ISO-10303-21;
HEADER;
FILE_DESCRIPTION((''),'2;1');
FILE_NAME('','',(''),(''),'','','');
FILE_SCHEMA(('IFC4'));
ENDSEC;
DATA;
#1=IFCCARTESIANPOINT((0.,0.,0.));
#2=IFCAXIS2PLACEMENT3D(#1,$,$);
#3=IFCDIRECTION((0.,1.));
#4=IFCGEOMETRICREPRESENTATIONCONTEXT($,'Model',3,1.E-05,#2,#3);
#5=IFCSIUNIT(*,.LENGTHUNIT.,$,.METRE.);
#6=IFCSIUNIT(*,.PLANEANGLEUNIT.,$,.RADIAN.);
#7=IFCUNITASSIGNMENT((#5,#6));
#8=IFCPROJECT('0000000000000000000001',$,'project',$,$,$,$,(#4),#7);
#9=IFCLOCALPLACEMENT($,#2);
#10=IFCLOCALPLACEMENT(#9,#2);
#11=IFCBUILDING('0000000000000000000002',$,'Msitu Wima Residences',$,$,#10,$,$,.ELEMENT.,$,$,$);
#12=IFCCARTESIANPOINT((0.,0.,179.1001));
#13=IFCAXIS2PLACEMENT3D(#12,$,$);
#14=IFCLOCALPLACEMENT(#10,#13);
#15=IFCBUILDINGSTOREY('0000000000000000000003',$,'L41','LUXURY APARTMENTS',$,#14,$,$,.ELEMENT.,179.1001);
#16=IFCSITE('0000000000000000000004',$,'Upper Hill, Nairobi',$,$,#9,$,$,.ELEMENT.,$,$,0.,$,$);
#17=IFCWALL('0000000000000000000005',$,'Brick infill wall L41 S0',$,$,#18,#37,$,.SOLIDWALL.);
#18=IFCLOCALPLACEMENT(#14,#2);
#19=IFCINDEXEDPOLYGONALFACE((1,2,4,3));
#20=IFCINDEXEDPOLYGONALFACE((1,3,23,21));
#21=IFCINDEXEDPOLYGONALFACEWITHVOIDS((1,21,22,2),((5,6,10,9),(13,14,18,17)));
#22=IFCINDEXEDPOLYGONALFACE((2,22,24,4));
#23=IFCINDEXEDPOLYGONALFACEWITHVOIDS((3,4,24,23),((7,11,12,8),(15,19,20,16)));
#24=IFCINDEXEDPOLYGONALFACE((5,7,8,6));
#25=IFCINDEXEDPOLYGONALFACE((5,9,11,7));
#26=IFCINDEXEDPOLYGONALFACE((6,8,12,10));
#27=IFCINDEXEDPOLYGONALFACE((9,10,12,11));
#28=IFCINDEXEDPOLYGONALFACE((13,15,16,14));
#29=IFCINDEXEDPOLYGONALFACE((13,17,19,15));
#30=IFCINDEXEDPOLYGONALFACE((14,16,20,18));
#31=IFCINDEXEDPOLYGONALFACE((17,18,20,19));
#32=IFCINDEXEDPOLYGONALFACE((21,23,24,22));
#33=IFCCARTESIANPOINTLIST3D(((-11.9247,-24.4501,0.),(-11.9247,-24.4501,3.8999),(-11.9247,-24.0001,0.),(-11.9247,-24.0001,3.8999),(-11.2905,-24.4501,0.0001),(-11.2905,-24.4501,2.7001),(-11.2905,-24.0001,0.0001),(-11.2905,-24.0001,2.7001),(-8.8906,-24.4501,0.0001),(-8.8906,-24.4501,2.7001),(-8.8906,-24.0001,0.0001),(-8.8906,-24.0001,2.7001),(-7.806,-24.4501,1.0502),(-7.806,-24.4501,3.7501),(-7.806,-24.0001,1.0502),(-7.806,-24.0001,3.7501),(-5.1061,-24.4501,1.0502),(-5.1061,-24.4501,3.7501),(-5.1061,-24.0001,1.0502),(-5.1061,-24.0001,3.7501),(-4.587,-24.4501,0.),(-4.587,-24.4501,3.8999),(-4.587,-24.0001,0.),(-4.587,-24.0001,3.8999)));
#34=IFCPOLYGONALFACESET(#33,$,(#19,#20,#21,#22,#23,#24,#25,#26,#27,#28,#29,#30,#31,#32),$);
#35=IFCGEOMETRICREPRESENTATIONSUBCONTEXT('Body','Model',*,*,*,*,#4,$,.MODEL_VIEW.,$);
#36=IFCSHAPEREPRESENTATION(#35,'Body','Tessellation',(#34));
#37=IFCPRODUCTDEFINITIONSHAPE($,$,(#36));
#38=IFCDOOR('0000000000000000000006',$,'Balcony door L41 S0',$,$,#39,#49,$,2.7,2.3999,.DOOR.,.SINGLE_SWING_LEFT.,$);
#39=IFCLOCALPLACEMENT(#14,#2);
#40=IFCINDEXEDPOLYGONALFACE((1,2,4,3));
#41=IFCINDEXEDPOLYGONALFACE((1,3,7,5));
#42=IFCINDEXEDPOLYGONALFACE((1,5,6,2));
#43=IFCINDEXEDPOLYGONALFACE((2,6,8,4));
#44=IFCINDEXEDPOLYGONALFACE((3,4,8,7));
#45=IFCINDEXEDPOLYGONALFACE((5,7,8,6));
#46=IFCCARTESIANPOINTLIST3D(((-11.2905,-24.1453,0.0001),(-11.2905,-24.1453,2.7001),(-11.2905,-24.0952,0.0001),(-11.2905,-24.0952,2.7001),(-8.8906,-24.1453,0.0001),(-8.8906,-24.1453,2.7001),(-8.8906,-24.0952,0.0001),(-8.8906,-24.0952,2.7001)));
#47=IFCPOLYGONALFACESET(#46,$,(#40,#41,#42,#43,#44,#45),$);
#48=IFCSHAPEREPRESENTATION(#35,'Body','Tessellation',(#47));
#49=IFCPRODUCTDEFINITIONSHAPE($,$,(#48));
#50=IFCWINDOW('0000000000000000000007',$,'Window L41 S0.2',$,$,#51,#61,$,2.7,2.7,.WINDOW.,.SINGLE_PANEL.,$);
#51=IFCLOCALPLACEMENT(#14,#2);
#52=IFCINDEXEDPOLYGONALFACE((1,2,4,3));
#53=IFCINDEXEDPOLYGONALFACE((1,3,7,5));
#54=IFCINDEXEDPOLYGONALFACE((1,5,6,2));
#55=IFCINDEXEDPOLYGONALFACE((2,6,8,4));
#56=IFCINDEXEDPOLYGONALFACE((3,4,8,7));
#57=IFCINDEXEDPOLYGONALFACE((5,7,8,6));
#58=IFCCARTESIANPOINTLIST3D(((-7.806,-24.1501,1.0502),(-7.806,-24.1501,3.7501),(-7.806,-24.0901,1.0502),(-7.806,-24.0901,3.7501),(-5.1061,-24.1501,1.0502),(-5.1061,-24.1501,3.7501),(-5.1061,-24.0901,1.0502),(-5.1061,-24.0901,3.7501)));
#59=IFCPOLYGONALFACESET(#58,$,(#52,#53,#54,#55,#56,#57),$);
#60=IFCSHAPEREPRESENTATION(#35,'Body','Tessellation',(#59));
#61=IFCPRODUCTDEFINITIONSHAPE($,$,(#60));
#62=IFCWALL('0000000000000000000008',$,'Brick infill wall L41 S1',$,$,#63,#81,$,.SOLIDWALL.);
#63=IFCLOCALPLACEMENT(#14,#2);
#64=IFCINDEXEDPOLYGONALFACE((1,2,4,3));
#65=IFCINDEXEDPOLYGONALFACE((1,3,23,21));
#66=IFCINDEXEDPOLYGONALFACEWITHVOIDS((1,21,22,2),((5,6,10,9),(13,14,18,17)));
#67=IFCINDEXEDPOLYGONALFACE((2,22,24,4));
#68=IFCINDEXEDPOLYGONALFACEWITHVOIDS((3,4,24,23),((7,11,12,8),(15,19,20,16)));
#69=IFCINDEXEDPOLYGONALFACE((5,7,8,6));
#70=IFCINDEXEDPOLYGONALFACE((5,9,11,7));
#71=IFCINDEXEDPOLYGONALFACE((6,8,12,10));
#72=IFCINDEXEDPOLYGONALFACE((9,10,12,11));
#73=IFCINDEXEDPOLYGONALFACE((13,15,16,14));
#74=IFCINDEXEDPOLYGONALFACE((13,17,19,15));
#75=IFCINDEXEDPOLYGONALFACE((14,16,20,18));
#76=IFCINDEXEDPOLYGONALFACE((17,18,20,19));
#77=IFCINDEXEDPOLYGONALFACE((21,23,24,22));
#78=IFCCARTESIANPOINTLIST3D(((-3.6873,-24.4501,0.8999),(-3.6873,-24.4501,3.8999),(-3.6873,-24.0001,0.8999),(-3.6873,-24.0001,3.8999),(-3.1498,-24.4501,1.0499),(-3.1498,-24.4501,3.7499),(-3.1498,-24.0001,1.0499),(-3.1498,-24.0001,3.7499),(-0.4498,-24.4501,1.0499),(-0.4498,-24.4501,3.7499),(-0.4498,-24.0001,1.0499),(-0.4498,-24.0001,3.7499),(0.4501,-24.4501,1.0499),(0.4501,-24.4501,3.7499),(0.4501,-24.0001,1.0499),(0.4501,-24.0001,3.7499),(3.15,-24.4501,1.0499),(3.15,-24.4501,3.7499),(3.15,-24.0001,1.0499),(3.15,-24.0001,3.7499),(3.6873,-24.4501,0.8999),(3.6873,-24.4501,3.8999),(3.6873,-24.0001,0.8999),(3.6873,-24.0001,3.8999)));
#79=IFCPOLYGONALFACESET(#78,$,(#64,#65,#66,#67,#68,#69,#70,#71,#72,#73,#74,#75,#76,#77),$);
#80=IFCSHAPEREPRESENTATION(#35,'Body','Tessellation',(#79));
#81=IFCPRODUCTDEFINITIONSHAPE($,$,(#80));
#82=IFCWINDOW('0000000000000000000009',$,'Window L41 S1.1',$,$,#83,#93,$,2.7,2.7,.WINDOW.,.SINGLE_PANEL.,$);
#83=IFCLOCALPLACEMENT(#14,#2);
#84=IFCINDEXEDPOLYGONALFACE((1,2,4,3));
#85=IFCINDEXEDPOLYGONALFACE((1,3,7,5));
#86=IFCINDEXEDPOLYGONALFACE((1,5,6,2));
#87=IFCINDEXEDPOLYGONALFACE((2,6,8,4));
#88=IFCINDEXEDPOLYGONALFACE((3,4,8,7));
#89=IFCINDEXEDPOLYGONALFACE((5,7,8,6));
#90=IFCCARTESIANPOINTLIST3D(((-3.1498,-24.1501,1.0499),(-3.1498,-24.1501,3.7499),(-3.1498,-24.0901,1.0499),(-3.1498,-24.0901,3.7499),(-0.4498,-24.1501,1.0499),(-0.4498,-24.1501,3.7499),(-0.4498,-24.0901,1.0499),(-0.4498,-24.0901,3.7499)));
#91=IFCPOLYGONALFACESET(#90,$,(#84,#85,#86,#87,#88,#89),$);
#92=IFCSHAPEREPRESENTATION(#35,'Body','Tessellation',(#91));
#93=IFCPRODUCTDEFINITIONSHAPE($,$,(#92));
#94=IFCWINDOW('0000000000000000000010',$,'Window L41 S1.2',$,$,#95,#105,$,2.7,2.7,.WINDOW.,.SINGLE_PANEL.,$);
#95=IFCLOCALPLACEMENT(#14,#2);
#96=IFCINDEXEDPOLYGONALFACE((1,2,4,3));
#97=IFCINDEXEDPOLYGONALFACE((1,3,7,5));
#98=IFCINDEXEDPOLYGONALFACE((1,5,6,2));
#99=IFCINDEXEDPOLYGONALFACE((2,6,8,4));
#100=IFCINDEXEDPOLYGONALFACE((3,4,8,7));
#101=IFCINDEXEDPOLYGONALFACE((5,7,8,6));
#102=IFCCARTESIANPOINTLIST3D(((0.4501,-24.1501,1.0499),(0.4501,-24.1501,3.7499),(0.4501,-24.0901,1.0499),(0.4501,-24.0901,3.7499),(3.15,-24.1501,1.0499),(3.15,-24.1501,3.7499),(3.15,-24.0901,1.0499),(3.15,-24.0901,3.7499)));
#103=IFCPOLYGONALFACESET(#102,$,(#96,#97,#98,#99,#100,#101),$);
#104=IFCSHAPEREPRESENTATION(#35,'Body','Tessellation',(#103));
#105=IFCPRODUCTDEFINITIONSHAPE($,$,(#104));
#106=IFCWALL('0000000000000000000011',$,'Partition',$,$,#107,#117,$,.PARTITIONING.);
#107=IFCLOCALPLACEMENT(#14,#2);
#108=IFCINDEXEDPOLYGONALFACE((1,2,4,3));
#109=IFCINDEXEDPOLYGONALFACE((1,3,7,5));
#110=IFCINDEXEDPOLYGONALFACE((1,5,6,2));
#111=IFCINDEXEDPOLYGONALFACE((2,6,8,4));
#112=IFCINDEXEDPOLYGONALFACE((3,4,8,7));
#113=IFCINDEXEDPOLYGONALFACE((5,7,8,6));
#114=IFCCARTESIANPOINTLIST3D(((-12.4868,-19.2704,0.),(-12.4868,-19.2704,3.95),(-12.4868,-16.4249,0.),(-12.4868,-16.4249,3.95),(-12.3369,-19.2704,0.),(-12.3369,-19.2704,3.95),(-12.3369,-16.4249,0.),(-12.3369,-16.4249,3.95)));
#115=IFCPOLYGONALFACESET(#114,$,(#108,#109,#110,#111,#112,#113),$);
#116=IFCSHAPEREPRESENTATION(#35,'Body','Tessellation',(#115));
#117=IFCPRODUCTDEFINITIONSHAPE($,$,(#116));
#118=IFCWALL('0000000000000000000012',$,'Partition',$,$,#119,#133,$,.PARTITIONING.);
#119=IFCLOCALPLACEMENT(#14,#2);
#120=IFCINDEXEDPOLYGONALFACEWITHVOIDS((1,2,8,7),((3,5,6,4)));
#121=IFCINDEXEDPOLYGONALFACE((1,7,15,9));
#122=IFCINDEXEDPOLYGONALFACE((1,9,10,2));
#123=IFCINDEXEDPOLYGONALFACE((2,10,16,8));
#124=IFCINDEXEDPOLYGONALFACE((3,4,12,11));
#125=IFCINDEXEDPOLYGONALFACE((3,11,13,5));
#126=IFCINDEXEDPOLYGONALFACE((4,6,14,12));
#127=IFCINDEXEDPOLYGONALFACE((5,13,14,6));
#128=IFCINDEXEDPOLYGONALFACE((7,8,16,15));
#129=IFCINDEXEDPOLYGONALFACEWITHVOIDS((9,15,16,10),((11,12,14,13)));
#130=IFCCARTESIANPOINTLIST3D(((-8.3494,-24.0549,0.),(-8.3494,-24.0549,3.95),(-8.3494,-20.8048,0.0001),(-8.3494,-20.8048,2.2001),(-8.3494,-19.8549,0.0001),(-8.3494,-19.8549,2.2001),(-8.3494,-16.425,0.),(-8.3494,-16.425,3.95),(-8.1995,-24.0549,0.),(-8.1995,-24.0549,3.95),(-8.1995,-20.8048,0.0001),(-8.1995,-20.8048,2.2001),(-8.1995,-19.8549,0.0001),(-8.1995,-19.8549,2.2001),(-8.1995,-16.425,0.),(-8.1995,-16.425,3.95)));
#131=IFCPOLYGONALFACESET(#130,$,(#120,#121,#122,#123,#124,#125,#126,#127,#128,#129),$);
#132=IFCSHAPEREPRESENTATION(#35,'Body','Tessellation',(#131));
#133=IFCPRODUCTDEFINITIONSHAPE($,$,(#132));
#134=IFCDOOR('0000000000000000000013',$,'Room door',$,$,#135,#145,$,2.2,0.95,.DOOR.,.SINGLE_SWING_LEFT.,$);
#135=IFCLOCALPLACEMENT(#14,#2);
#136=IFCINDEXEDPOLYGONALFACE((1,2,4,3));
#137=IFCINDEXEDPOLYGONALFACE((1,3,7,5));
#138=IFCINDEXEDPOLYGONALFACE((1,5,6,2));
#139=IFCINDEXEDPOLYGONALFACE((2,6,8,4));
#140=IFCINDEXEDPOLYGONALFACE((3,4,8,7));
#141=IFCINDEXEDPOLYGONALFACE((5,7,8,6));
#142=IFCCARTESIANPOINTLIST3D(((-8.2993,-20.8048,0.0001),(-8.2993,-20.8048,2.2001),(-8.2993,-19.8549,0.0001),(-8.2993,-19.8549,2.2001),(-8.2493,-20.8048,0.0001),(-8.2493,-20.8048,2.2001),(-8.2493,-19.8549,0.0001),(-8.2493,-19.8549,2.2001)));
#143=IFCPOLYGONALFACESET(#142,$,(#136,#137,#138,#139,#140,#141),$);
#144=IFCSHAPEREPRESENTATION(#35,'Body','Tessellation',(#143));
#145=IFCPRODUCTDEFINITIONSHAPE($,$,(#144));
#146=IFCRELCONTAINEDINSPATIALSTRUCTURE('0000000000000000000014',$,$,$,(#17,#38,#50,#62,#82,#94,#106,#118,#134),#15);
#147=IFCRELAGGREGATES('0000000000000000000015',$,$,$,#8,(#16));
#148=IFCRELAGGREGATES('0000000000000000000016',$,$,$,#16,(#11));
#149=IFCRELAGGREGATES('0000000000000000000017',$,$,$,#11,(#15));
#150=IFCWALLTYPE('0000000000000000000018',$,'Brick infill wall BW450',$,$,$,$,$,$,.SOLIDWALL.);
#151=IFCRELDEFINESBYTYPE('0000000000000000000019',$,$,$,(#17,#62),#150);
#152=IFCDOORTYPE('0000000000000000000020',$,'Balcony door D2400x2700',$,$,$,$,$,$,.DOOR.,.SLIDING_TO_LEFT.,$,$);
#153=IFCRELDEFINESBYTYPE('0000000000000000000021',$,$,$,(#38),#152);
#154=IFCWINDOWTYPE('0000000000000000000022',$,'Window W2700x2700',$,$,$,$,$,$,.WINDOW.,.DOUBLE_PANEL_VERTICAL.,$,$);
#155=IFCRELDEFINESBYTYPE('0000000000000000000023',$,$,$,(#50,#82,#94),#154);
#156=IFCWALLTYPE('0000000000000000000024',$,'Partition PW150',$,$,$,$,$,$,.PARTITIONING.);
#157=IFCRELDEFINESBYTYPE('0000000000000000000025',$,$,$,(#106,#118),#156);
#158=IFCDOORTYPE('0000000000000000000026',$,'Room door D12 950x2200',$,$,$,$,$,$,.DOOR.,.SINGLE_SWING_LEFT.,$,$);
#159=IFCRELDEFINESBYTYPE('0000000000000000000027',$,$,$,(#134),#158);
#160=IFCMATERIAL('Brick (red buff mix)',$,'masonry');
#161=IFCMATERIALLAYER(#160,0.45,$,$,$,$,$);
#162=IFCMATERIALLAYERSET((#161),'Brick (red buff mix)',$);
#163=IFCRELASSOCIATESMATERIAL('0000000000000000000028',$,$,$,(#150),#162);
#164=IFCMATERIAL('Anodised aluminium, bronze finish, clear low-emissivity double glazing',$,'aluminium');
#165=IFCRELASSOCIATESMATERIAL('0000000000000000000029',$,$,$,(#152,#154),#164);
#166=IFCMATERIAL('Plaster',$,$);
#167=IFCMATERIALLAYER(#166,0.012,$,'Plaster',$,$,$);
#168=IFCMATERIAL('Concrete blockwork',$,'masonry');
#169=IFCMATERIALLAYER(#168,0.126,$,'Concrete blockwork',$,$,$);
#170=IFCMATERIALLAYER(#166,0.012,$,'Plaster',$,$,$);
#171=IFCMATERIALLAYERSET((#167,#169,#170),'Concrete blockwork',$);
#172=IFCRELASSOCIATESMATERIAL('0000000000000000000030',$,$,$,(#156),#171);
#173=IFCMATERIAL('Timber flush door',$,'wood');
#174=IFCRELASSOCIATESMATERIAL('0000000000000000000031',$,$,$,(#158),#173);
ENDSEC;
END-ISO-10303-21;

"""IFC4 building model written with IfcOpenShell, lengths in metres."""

from ifc_helpers import new_model, si_unit, direction, frame, frame_2d, origin, place, context, subcontext, project, spatial, rectangle, extrude, material, layer, layer_set, type_object, element, fill, save


model = new_model("IFC4")

# Units and contexts
model_context = context("Model", 3, precision=1e-05, world=origin(), true_north=direction((0.0, 1.0)))
body_context = subcontext(model_context, "Body", "Model", "MODEL_VIEW")
ifc_project = project(units=[si_unit("LENGTHUNIT", "METRE"), si_unit("PLANEANGLEUNIT", "RADIAN")], contexts=[model_context])

# Site, building, storey
site_placement = place(None, origin())
site = spatial("IfcSite", under=ifc_project, at=site_placement, Name="Upper Hill, Nairobi", CompositionType="ELEMENT", RefElevation=0.0)
building_placement = place(site_placement, origin())
building = spatial("IfcBuilding", under=site, at=building_placement, Name="Msitu Wima Residences", CompositionType="ELEMENT")
storey_placement = place(building_placement, frame((0.0, 0.0, 179.1001)))
storey = spatial("IfcBuildingStorey", under=building, at=storey_placement, Name="L41", Description="LUXURY APARTMENTS", CompositionType="ELEMENT", Elevation=179.1001)

# Wall, openings, door, window
ifc_material_1 = material(Name="Brick (red buff mix)", Category="masonry")
ifc_layer_1 = layer(ifc_material_1, 0.45)
ifc_layer_set_1 = layer_set([ifc_layer_1], Name="Brick (red buff mix)")
wall_type_1 = type_object("IfcWallType", Name="Brick infill wall BW450", PredefinedType="SOLIDWALL", material=ifc_layer_set_1)
wall_1_placement = place(storey_placement, frame((-11.9248, -24.2251, 0.0), z_axis=(0.0, 0.0, 1.0), x_axis=(1.0, 0.0, 0.0)))
wall_1 = element("IfcWall", 1, at=wall_1_placement, inside=storey, type_object=wall_type_1, Name="Brick infill wall L41 S0", PredefinedType="SOLIDWALL", context=body_context, shape_type="SweptSolid", body=[
    extrude(rectangle(XDim=7.3376, YDim=0.45, at=frame_2d((3.6689, 0.0))), origin(), (0.0, 0.0, 1.0), 3.8999),
])
opening_1_placement = place(wall_1_placement, frame((0.6343, 0.0, 0.0)))
opening_1 = element("IfcOpeningElement", 2, at=opening_1_placement, cuts=wall_1, PredefinedType="OPENING", context=body_context, shape_type="SweptSolid", body=[
    extrude(rectangle(XDim=2.3999, YDim=2.7, at=frame_2d((1.2, 1.3501))), frame((0.0, 0.2349, 0.0), z_axis=(0.0, -1.0, 0.0), x_axis=(1.0, 0.0, 0.0)), (0.0, 0.0, 1.0), 0.47),
])
opening_2_placement = place(wall_1_placement, frame((4.1187, 0.0, 1.05)))
opening_2 = element("IfcOpeningElement", 3, at=opening_2_placement, cuts=wall_1, PredefinedType="OPENING", context=body_context, shape_type="SweptSolid", body=[
    extrude(rectangle(XDim=2.7, YDim=2.7, at=frame_2d((1.3501, 1.3501))), frame((0.0, 0.2349, 0.0), z_axis=(0.0, -1.0, 0.0), x_axis=(1.0, 0.0, 0.0)), (0.0, 0.0, 1.0), 0.47),
])
ifc_material_2 = material(Name="Anodised aluminium, bronze finish, clear low-emissivity double glazing", Category="aluminium")
door_type_1 = type_object("IfcDoorType", Name="Balcony door D2400x2700", OperationType="SLIDING_TO_LEFT", PredefinedType="DOOR", material=ifc_material_2)
door_1_placement = place(opening_1_placement, origin())
door_1 = element("IfcDoor", 4, at=door_1_placement, inside=storey, type_object=door_type_1, Name="Balcony door L41 S0", OperationType="SINGLE_SWING_LEFT", OverallHeight=2.7, OverallWidth=2.3999, PredefinedType="DOOR", context=body_context, shape_type="SweptSolid", body=[
    extrude(rectangle(XDim=2.3999, YDim=2.7, at=frame_2d((1.2, 1.3501))), frame((0.0, 0.1299, 0.0), z_axis=(0.0, -1.0, 0.0), x_axis=(1.0, 0.0, 0.0)), (0.0, 0.0, 1.0), 0.05),
])
fill(opening_1, door_1)
window_type = type_object("IfcWindowType", Name="Window W2700x2700", PartitioningType="DOUBLE_PANEL_VERTICAL", PredefinedType="WINDOW", material=ifc_material_2)
window_1_placement = place(opening_2_placement, origin())
window_1 = element("IfcWindow", 5, at=window_1_placement, inside=storey, type_object=window_type, Name="Window L41 S0.2", OverallHeight=2.7, OverallWidth=2.7, PartitioningType="SINGLE_PANEL", PredefinedType="WINDOW", context=body_context, shape_type="SweptSolid", body=[
    extrude(rectangle(XDim=2.7, YDim=2.7, at=frame_2d((1.3501, 1.3501))), frame((0.0, 0.135, 0.0), z_axis=(0.0, -1.0, 0.0), x_axis=(1.0, 0.0, 0.0)), (0.0, 0.0, 1.0), 0.0601),
])
fill(opening_2, window_1)

# Wall, openings, windows
wall_2_placement = place(storey_placement, frame((-3.6873, -24.2251, 0.8999), z_axis=(0.0, 0.0, 1.0), x_axis=(1.0, 0.0, 0.0)))
wall_2 = element("IfcWall", 6, at=wall_2_placement, inside=storey, type_object=wall_type_1, Name="Brick infill wall L41 S1", PredefinedType="SOLIDWALL", context=body_context, shape_type="SweptSolid", body=[
    extrude(rectangle(XDim=7.3745, YDim=0.45, at=frame_2d((3.6873, 0.0))), origin(), (0.0, 0.0, 1.0), 3.0),
])
opening_3_placement = place(wall_2_placement, frame((0.5374, 0.0, 0.1499)))
opening_3 = element("IfcOpeningElement", 7, at=opening_3_placement, cuts=wall_2, PredefinedType="OPENING", context=body_context, shape_type="SweptSolid", body=[
    extrude(rectangle(XDim=2.7, YDim=2.7, at=frame_2d((1.3501, 1.3501))), frame((0.0, 0.2349, 0.0), z_axis=(0.0, -1.0, 0.0), x_axis=(1.0, 0.0, 0.0)), (0.0, 0.0, 1.0), 0.47),
])
opening_4_placement = place(wall_2_placement, frame((4.1372, 0.0, 0.1499)))
opening_4 = element("IfcOpeningElement", 8, at=opening_4_placement, cuts=wall_2, PredefinedType="OPENING", context=body_context, shape_type="SweptSolid", body=[
    extrude(rectangle(XDim=2.7, YDim=2.7, at=frame_2d((1.3501, 1.3501))), frame((0.0, 0.2349, 0.0), z_axis=(0.0, -1.0, 0.0), x_axis=(1.0, 0.0, 0.0)), (0.0, 0.0, 1.0), 0.47),
])
window_2_placement = place(opening_3_placement, origin())
window_2 = element("IfcWindow", 9, at=window_2_placement, inside=storey, type_object=window_type, Name="Window L41 S1.1", OverallHeight=2.7, OverallWidth=2.7, PartitioningType="SINGLE_PANEL", PredefinedType="WINDOW", context=body_context, shape_type="SweptSolid", body=[
    extrude(rectangle(XDim=2.7, YDim=2.7, at=frame_2d((1.3501, 1.3501))), frame((0.0, 0.135, 0.0), z_axis=(0.0, -1.0, 0.0), x_axis=(1.0, 0.0, 0.0)), (0.0, 0.0, 1.0), 0.0601),
])
fill(opening_3, window_2)
window_3_placement = place(opening_4_placement, origin())
window_3 = element("IfcWindow", 10, at=window_3_placement, inside=storey, type_object=window_type, Name="Window L41 S1.2", OverallHeight=2.7, OverallWidth=2.7, PartitioningType="SINGLE_PANEL", PredefinedType="WINDOW", context=body_context, shape_type="SweptSolid", body=[
    extrude(rectangle(XDim=2.7, YDim=2.7, at=frame_2d((1.3501, 1.3501))), frame((0.0, 0.135, 0.0), z_axis=(0.0, -1.0, 0.0), x_axis=(1.0, 0.0, 0.0)), (0.0, 0.0, 1.0), 0.0601),
])
fill(opening_4, window_3)

# Wall
ifc_material_3 = material(Name="Plaster")
ifc_layer_2 = layer(ifc_material_3, 0.012, Name="Plaster")
ifc_material_4 = material(Name="Concrete blockwork", Category="masonry")
ifc_layer_3 = layer(ifc_material_4, 0.126, Name="Concrete blockwork")
ifc_layer_4 = layer(ifc_material_3, 0.012, Name="Plaster")
ifc_layer_set_2 = layer_set([ifc_layer_2, ifc_layer_3, ifc_layer_4], Name="Concrete blockwork")
wall_type_2 = type_object("IfcWallType", Name="Partition PW150", PredefinedType="PARTITIONING", material=ifc_layer_set_2)
wall_3_placement = place(storey_placement, frame((-12.4119, -19.2705, 0.0), z_axis=(0.0, 0.0, 1.0), x_axis=(0.0, 1.0, 0.0)))
element("IfcWall", 11, at=wall_3_placement, inside=storey, type_object=wall_type_2, Name="Partition", PredefinedType="PARTITIONING", context=body_context, shape_type="SweptSolid", body=[
    extrude(rectangle(XDim=2.8455, YDim=0.1499, at=frame_2d((1.4229, 0.0))), origin(), (0.0, 0.0, 1.0), 3.95),
])

# Wall, opening, door
wall_4_placement = place(storey_placement, frame((-8.2744, -24.0549, 0.0), z_axis=(0.0, 0.0, 1.0), x_axis=(0.0, 1.0, 0.0)))
wall_4 = element("IfcWall", 12, at=wall_4_placement, inside=storey, type_object=wall_type_2, Name="Partition", PredefinedType="PARTITIONING", context=body_context, shape_type="SweptSolid", body=[
    extrude(rectangle(XDim=7.6299, YDim=0.1499, at=frame_2d((3.8149, 0.0))), origin(), (0.0, 0.0, 1.0), 3.95),
])
opening_5_placement = place(wall_4_placement, frame((3.25, 0.0, 0.0)))
opening_5 = element("IfcOpeningElement", 13, at=opening_5_placement, cuts=wall_4, PredefinedType="OPENING", context=body_context, shape_type="SweptSolid", body=[
    extrude(rectangle(XDim=0.95, YDim=2.2, at=frame_2d((0.4751, 1.1001))), frame((0.0, 0.085, 0.0), z_axis=(0.0, -1.0, 0.0), x_axis=(1.0, 0.0, 0.0)), (0.0, 0.0, 1.0), 0.1699),
])
ifc_material_5 = material(Name="Timber flush door", Category="wood")
door_type_2 = type_object("IfcDoorType", Name="Room door D12 950x2200", OperationType="SINGLE_SWING_LEFT", PredefinedType="DOOR", material=ifc_material_5)
door_2_placement = place(opening_5_placement, origin())
door_2 = element("IfcDoor", 14, at=door_2_placement, inside=storey, type_object=door_type_2, Name="Room door", OperationType="SINGLE_SWING_LEFT", OverallHeight=2.2, OverallWidth=0.95, PredefinedType="DOOR", context=body_context, shape_type="SweptSolid", body=[
    extrude(rectangle(XDim=0.95, YDim=2.2, at=frame_2d((0.4751, 1.1001))), frame((0.0, 0.0249, 0.0), z_axis=(0.0, -1.0, 0.0), x_axis=(1.0, 0.0, 0.0)), (0.0, 0.0, 1.0), 0.05),
])
fill(opening_5, door_2)

save(model, "model.ifc")
